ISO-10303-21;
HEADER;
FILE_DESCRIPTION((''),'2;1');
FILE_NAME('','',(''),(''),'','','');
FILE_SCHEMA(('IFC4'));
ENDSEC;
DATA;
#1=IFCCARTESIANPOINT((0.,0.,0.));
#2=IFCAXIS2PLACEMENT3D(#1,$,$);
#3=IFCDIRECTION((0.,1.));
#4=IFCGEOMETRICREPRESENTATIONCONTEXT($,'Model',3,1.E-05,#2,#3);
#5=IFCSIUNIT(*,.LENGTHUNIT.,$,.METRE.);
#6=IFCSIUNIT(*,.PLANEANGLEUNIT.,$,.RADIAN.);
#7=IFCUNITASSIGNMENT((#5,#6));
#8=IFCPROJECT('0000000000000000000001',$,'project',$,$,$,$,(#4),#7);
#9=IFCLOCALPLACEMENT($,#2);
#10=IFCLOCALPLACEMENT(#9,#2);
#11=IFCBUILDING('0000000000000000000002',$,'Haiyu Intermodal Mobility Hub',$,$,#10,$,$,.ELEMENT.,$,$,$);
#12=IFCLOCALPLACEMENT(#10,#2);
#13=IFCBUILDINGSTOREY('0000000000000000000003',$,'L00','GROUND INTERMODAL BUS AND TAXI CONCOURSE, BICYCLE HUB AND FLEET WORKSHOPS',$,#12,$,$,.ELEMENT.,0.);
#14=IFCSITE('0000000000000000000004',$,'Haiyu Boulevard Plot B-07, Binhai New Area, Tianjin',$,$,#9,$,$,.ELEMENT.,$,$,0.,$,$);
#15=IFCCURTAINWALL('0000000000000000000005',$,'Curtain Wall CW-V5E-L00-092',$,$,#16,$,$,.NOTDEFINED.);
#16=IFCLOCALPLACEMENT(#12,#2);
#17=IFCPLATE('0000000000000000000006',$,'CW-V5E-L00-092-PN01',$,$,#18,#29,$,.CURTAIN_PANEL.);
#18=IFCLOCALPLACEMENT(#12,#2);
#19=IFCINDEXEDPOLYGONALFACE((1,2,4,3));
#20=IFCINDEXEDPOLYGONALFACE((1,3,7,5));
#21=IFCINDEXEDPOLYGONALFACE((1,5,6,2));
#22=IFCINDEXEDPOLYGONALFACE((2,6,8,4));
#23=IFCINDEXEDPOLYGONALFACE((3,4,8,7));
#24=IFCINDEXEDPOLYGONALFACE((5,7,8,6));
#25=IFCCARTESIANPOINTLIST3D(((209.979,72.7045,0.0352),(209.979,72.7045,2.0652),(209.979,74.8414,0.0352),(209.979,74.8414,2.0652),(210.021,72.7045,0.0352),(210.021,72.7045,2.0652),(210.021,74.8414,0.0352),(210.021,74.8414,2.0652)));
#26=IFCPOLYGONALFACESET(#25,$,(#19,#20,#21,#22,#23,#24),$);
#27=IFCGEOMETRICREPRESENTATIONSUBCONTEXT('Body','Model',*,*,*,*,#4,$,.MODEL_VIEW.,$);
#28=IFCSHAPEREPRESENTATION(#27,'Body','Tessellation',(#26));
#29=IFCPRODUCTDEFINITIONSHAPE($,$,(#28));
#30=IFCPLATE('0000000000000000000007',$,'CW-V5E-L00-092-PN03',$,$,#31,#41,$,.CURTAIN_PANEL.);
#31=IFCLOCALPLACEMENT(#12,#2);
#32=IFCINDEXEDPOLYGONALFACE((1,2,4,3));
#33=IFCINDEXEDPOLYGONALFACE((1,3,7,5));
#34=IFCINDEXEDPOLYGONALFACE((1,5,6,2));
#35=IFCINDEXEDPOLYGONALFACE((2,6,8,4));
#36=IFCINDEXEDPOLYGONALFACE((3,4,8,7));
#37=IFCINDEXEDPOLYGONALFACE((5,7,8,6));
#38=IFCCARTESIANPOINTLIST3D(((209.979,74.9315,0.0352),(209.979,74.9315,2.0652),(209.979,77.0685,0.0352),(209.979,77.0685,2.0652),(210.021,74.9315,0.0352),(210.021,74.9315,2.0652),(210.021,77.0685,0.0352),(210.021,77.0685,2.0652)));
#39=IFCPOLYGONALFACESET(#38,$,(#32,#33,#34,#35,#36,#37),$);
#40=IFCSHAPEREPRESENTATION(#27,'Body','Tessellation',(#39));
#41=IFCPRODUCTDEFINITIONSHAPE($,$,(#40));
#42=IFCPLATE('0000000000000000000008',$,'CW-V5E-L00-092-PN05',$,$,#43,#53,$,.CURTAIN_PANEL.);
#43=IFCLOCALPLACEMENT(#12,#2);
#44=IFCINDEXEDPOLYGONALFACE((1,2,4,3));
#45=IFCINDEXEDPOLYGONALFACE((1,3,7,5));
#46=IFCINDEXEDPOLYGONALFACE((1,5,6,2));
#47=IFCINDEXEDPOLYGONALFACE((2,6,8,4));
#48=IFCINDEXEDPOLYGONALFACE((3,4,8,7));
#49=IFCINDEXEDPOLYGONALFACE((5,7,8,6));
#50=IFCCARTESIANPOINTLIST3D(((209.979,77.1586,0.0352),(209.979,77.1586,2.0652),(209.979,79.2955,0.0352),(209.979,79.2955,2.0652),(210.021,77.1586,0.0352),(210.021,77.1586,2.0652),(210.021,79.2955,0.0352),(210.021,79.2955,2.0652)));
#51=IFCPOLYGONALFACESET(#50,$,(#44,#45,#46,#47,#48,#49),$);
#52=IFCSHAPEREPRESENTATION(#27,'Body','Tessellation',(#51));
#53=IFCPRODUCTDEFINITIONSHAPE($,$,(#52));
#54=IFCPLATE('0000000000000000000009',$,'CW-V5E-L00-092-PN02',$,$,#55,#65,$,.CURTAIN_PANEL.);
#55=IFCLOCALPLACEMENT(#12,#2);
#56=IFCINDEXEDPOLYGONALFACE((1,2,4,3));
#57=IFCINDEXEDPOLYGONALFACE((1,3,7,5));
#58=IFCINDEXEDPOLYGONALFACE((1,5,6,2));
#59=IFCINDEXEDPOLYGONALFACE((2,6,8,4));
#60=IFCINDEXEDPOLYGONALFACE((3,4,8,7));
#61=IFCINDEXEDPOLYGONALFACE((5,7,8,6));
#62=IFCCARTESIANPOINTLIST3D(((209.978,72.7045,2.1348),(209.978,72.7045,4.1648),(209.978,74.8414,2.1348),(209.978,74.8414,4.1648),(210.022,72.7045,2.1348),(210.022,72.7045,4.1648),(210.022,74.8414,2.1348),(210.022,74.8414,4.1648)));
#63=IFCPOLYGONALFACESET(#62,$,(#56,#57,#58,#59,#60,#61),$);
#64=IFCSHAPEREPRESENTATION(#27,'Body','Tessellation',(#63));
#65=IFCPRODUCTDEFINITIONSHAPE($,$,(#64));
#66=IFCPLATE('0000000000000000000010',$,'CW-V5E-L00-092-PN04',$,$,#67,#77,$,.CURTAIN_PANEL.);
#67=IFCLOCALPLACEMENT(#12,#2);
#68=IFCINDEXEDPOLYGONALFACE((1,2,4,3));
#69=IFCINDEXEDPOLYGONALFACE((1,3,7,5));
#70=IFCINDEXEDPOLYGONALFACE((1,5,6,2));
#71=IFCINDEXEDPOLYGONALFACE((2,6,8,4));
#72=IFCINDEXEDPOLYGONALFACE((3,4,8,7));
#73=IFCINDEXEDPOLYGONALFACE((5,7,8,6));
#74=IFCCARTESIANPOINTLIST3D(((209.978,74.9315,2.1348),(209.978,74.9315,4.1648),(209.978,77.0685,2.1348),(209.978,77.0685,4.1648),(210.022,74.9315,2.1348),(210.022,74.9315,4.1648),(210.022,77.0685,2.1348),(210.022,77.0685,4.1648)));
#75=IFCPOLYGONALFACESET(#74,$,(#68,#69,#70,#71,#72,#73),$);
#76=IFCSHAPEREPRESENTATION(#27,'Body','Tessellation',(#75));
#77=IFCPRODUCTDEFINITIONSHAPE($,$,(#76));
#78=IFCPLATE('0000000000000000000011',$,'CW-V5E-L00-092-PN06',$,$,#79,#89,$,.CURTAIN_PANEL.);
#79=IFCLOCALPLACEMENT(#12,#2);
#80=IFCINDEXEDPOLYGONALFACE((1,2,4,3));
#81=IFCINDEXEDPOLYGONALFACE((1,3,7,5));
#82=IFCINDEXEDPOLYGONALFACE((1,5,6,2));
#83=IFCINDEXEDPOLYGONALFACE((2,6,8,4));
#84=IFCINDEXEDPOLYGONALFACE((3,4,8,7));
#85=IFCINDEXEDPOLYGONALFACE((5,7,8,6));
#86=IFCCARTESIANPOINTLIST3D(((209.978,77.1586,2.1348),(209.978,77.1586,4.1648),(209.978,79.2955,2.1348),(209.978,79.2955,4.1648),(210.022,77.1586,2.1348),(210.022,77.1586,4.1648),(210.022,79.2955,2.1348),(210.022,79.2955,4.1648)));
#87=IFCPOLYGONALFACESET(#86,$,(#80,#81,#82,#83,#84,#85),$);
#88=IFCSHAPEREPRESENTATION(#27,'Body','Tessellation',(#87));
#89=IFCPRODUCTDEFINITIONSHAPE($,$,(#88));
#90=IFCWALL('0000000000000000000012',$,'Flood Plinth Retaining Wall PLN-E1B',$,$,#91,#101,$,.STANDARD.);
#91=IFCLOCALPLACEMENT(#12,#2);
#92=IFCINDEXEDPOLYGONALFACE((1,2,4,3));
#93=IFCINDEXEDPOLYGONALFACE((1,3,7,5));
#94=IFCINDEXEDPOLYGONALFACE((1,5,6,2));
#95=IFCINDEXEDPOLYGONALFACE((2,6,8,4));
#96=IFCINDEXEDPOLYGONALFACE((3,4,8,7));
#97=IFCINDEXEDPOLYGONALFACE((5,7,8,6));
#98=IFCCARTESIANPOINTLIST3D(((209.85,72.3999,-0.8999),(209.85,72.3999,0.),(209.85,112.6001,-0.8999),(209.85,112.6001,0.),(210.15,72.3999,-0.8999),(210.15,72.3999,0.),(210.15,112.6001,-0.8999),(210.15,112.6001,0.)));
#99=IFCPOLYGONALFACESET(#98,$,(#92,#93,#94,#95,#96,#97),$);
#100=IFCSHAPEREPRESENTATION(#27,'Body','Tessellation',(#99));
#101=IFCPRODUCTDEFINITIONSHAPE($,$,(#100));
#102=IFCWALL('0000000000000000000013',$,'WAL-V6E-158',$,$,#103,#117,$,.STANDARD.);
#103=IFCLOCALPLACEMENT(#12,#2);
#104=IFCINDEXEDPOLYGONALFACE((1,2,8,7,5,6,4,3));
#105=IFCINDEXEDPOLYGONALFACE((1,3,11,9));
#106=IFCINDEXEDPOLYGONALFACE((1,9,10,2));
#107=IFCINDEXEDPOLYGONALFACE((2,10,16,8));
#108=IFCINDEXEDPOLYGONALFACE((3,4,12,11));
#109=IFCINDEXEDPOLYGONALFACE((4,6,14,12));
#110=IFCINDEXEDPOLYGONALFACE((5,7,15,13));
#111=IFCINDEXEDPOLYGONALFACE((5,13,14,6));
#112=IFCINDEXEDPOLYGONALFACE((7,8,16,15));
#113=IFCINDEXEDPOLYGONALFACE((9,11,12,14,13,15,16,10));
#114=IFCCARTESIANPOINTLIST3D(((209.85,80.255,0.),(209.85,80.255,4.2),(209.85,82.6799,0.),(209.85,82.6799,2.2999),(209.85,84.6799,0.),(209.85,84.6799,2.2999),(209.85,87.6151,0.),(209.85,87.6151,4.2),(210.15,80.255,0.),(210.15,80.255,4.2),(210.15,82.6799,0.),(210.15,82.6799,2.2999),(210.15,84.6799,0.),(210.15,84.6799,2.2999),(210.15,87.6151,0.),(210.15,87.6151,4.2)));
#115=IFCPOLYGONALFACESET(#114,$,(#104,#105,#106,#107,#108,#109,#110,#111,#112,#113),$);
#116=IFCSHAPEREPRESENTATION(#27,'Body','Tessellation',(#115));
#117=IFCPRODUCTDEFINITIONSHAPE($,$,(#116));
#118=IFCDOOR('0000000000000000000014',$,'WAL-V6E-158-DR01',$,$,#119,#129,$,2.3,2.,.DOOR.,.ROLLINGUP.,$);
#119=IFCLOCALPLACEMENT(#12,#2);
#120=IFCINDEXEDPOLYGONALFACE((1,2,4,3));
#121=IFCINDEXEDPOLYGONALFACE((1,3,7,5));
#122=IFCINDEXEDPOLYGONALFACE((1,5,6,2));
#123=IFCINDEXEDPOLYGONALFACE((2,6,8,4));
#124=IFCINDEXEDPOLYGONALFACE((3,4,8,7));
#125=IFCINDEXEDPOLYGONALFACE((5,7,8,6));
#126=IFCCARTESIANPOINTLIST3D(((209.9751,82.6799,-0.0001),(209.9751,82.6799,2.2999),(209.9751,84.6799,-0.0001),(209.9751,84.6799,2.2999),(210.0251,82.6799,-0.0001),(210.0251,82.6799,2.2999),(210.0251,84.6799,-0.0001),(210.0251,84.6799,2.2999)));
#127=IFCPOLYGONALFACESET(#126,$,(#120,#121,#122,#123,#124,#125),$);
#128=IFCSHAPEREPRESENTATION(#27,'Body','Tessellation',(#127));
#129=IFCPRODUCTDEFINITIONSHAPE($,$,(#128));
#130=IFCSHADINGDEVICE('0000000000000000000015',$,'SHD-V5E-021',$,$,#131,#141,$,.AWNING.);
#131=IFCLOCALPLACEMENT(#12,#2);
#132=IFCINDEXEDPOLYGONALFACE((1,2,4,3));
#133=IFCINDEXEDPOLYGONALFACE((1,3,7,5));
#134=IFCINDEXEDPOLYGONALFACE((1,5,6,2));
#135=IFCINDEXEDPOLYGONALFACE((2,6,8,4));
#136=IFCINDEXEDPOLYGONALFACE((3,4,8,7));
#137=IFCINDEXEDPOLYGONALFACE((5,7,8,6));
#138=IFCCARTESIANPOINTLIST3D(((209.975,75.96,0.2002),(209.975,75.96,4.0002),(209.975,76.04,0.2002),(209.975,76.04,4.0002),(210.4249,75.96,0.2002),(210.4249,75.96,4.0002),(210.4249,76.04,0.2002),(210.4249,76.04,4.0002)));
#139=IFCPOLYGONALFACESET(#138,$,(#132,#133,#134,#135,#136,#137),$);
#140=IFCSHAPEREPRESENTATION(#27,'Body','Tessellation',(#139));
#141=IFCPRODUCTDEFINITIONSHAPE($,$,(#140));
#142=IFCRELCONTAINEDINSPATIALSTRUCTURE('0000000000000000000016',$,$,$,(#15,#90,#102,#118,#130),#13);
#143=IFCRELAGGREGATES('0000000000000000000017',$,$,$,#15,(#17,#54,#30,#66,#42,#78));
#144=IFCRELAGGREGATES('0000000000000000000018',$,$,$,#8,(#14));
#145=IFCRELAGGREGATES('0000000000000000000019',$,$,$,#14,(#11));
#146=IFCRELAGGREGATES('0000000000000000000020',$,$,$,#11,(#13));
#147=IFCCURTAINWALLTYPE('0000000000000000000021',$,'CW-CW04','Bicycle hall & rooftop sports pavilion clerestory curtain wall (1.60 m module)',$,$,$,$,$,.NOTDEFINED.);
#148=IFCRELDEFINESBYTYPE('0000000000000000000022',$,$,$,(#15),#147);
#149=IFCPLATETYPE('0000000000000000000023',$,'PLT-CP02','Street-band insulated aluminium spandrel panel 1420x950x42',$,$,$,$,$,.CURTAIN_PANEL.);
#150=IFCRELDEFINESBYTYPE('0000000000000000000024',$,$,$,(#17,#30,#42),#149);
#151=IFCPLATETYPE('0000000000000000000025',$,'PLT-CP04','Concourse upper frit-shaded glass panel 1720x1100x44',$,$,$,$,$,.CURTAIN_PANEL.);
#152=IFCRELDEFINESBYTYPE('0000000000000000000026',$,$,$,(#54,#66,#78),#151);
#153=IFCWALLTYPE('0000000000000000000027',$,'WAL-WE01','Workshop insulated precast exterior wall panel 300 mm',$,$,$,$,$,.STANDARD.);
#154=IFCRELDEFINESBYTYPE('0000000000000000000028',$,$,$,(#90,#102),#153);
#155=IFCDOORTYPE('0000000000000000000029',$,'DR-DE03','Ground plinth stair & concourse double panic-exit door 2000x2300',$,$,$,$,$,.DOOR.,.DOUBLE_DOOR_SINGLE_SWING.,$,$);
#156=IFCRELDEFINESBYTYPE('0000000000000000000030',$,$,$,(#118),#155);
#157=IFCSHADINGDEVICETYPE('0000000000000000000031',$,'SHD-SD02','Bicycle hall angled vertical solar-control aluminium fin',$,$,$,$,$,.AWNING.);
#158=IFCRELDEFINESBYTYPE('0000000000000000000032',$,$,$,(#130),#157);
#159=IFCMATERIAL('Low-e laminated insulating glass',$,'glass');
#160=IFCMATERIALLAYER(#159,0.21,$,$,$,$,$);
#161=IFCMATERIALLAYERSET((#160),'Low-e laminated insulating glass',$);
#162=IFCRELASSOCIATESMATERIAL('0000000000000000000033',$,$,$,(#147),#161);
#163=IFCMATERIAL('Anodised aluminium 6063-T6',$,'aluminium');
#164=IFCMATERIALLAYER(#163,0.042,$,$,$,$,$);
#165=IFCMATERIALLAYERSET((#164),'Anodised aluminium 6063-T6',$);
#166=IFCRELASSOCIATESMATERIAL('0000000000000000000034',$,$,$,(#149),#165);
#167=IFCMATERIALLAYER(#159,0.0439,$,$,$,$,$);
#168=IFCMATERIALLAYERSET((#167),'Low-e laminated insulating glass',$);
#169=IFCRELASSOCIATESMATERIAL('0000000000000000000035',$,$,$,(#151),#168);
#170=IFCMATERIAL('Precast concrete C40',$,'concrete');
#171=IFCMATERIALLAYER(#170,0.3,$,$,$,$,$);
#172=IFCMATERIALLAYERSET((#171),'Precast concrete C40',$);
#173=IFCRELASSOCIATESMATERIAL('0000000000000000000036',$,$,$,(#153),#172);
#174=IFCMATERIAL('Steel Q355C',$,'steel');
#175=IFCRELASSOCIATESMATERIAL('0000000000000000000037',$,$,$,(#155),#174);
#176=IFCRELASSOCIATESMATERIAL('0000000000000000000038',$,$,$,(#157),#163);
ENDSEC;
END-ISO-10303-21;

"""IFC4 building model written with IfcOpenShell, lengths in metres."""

from ifc_helpers import new_model, si_unit, direction, frame, frame_2d, origin, origin_2d, place, context, subcontext, project, spatial, rectangle, extrude, material, layer, layer_set, material_profile, profile_set, type_object, element, fill, aggregate, save


model = new_model("IFC4")

# Units and contexts
model_context = context("Model", 3, precision=1e-05, world=origin(), true_north=direction((0.0, 1.0)))
body_context = subcontext(model_context, "Body", "Model", "MODEL_VIEW")
ifc_project = project(units=[si_unit("LENGTHUNIT", "METRE"), si_unit("PLANEANGLEUNIT", "RADIAN")], contexts=[model_context])

# Site, building, storey
site_placement = place(None, origin())
site = spatial("IfcSite", under=ifc_project, at=site_placement, Name="Haiyu Boulevard Plot B-07, Binhai New Area, Tianjin", CompositionType="ELEMENT", RefElevation=0.0)
building_placement = place(site_placement, origin())
building = spatial("IfcBuilding", under=site, at=building_placement, Name="Haiyu Intermodal Mobility Hub", CompositionType="ELEMENT")
storey_placement = place(building_placement, origin())
storey = spatial("IfcBuildingStorey", under=building, at=storey_placement, Name="L00", Description="GROUND INTERMODAL BUS AND TAXI CONCOURSE, BICYCLE HUB AND FLEET WORKSHOPS", CompositionType="ELEMENT", Elevation=0.0)

# Curtain wall, plates
ifc_material_1 = material(Name="Low-e laminated insulating glass", Category="glass")
ifc_layer_1 = layer(ifc_material_1, 0.21)
ifc_layer_set_1 = layer_set([ifc_layer_1], Name="Low-e laminated insulating glass")
curtain_wall_type = type_object("IfcCurtainWallType", Name="CW-CW04", Description="Bicycle hall & rooftop sports pavilion clerestory curtain wall (1.60 m module)", PredefinedType="NOTDEFINED", material=ifc_layer_set_1)
curtain_wall_placement = place(storey_placement, origin())
curtain_wall = element("IfcCurtainWall", 1, at=curtain_wall_placement, inside=storey, type_object=curtain_wall_type, Name="Curtain Wall CW-V5E-L00-092", PredefinedType="NOTDEFINED")
ifc_material_2 = material(Name="Anodised aluminium 6063-T6", Category="aluminium")
ifc_layer_2 = layer(ifc_material_2, 0.042)
ifc_layer_set_2 = layer_set([ifc_layer_2], Name="Anodised aluminium 6063-T6")
plate_type_1 = type_object("IfcPlateType", Name="PLT-CP02", Description="Street-band insulated aluminium spandrel panel 1420x950x42", PredefinedType="CURTAIN_PANEL", material=ifc_layer_set_2)
plate_1_placement = place(storey_placement, frame((210.0, 73.7729, 0.0352), z_axis=(0.0, 0.0, 1.0), x_axis=(0.0, 1.0, 0.0)))
plate_1 = element("IfcPlate", 2, at=plate_1_placement, type_object=plate_type_1, Name="CW-V5E-L00-092-PN01", PredefinedType="CURTAIN_PANEL", context=body_context, shape_type="SweptSolid", body=[
    extrude(rectangle(XDim=2.137, YDim=0.042, at=origin_2d()), origin(), (0.0, 0.0, 1.0), 2.03),
])
plate_2_placement = place(storey_placement, frame((210.0, 76.0, 0.0352), z_axis=(0.0, 0.0, 1.0), x_axis=(0.0, 1.0, 0.0)))
plate_2 = element("IfcPlate", 3, at=plate_2_placement, type_object=plate_type_1, Name="CW-V5E-L00-092-PN03", PredefinedType="CURTAIN_PANEL", context=body_context, shape_type="SweptSolid", body=[
    extrude(rectangle(XDim=2.137, YDim=0.042, at=origin_2d()), origin(), (0.0, 0.0, 1.0), 2.03),
])
plate_3_placement = place(storey_placement, frame((210.0, 78.2271, 0.0352), z_axis=(0.0, 0.0, 1.0), x_axis=(0.0, 1.0, 0.0)))
plate_3 = element("IfcPlate", 4, at=plate_3_placement, type_object=plate_type_1, Name="CW-V5E-L00-092-PN05", PredefinedType="CURTAIN_PANEL", context=body_context, shape_type="SweptSolid", body=[
    extrude(rectangle(XDim=2.137, YDim=0.042, at=origin_2d()), origin(), (0.0, 0.0, 1.0), 2.03),
])
ifc_layer_3 = layer(ifc_material_1, 0.0439)
ifc_layer_set_3 = layer_set([ifc_layer_3], Name="Low-e laminated insulating glass")
plate_type_2 = type_object("IfcPlateType", Name="PLT-CP04", Description="Concourse upper frit-shaded glass panel 1720x1100x44", PredefinedType="CURTAIN_PANEL", material=ifc_layer_set_3)
plate_4_placement = place(storey_placement, frame((210.0, 73.7729, 2.1348), z_axis=(0.0, 0.0, 1.0), x_axis=(0.0, 1.0, 0.0)))
plate_4 = element("IfcPlate", 5, at=plate_4_placement, type_object=plate_type_2, Name="CW-V5E-L00-092-PN02", PredefinedType="CURTAIN_PANEL", context=body_context, shape_type="SweptSolid", body=[
    extrude(rectangle(XDim=2.137, YDim=0.0439, at=origin_2d()), origin(), (0.0, 0.0, 1.0), 2.03),
])
plate_5_placement = place(storey_placement, frame((210.0, 76.0, 2.1348), z_axis=(0.0, 0.0, 1.0), x_axis=(0.0, 1.0, 0.0)))
plate_5 = element("IfcPlate", 6, at=plate_5_placement, type_object=plate_type_2, Name="CW-V5E-L00-092-PN04", PredefinedType="CURTAIN_PANEL", context=body_context, shape_type="SweptSolid", body=[
    extrude(rectangle(XDim=2.137, YDim=0.0439, at=origin_2d()), origin(), (0.0, 0.0, 1.0), 2.03),
])
plate_6_placement = place(storey_placement, frame((210.0, 78.2271, 2.1348), z_axis=(0.0, 0.0, 1.0), x_axis=(0.0, 1.0, 0.0)))
plate_6 = element("IfcPlate", 7, at=plate_6_placement, type_object=plate_type_2, Name="CW-V5E-L00-092-PN06", PredefinedType="CURTAIN_PANEL", context=body_context, shape_type="SweptSolid", body=[
    extrude(rectangle(XDim=2.137, YDim=0.0439, at=origin_2d()), origin(), (0.0, 0.0, 1.0), 2.03),
])
aggregate(curtain_wall, [plate_1, plate_4, plate_2, plate_5, plate_3, plate_6])

# Wall
ifc_material_3 = material(Name="Precast concrete C40", Category="concrete")
ifc_layer_4 = layer(ifc_material_3, 0.3)
ifc_layer_set_4 = layer_set([ifc_layer_4], Name="Precast concrete C40")
wall_type = type_object("IfcWallType", Name="WAL-WE01", Description="Workshop insulated precast exterior wall panel 300 mm", PredefinedType="STANDARD", material=ifc_layer_set_4)
wall_1_placement = place(storey_placement, frame((210.0, 72.3999, -0.8999), z_axis=(0.0, 0.0, 1.0), x_axis=(0.0, 1.0, 0.0)))
element("IfcWall", 8, at=wall_1_placement, inside=storey, type_object=wall_type, Name="Flood Plinth Retaining Wall PLN-E1B", PredefinedType="STANDARD", context=body_context, shape_type="SweptSolid", body=[
    extrude(rectangle(XDim=40.2002, YDim=0.3, at=frame_2d((20.1001, 0.0))), origin(), (0.0, 0.0, 1.0), 0.8999),
])

# Wall, opening, door
wall_2_placement = place(storey_placement, frame((210.0, 80.2549, 0.0), z_axis=(0.0, 0.0, 1.0), x_axis=(0.0, 1.0, 0.0)))
wall_2 = element("IfcWall", 9, at=wall_2_placement, inside=storey, type_object=wall_type, Name="WAL-V6E-158", PredefinedType="STANDARD", context=body_context, shape_type="SweptSolid", body=[
    extrude(rectangle(XDim=7.3601, YDim=0.3, at=frame_2d((3.6802, 0.0))), origin(), (0.0, 0.0, 1.0), 4.2),
])
opening_placement = place(wall_2_placement, frame((2.425, 0.0, 0.0)))
opening = element("IfcOpeningElement", 10, at=opening_placement, cuts=wall_2, PredefinedType="OPENING", context=body_context, shape_type="SweptSolid", body=[
    extrude(rectangle(XDim=2.0, YDim=2.3, at=frame_2d((1.0, 1.1499))), frame((0.0, 0.1602, 0.0), z_axis=(0.0, -1.0, 0.0), x_axis=(1.0, 0.0, 0.0)), (0.0, 0.0, 1.0), 0.3201),
])
ifc_material_4 = material(Name="Steel Q355C", Category="steel")
door_type = type_object("IfcDoorType", Name="DR-DE03", Description="Ground plinth stair & concourse double panic-exit door 2000x2300", OperationType="DOUBLE_DOOR_SINGLE_SWING", PredefinedType="DOOR", material=ifc_material_4)
door_placement = place(opening_placement, origin())
door = element("IfcDoor", 11, at=door_placement, inside=storey, type_object=door_type, Name="WAL-V6E-158-DR01", OperationType="ROLLINGUP", OverallHeight=2.3, OverallWidth=2.0, PredefinedType="DOOR", context=body_context, shape_type="SweptSolid", body=[
    extrude(rectangle(XDim=2.0, YDim=2.3, at=frame_2d((1.0, 1.1499))), frame((0.0, 0.0249, 0.0), z_axis=(0.0, -1.0, 0.0), x_axis=(1.0, 0.0, 0.0)), (0.0, 0.0, 1.0), 0.05),
])
fill(opening, door)

# Shading device
ifc_material_profile_1 = material_profile(ifc_material_2, rectangle(XDim=0.0701, YDim=0.55, at=origin_2d()), Name="FIN70x550")
ifc_profile_set_1 = profile_set([ifc_material_profile_1], Name="Anodised aluminium 6063-T6")
shading_device_type = type_object("IfcShadingDeviceType", Name="SHD-SD02", Description="Bicycle hall angled vertical solar-control aluminium fin", PredefinedType="AWNING", material=ifc_profile_set_1)
shading_device_placement = place(storey_placement, frame((210.2, 76.0, 0.2002), z_axis=(0.0, 0.0, 1.0), x_axis=(1.0, 0.0, 0.0)))
element("IfcShadingDevice", 12, at=shading_device_placement, inside=storey, type_object=shading_device_type, Name="SHD-V5E-021", PredefinedType="AWNING", context=body_context, shape_type="SweptSolid", body=[
    extrude(rectangle(XDim=0.45, YDim=0.0801, at=origin_2d()), origin(), (0.0, 0.0, 1.0), 3.8),
])

save(model, "model.ifc")
